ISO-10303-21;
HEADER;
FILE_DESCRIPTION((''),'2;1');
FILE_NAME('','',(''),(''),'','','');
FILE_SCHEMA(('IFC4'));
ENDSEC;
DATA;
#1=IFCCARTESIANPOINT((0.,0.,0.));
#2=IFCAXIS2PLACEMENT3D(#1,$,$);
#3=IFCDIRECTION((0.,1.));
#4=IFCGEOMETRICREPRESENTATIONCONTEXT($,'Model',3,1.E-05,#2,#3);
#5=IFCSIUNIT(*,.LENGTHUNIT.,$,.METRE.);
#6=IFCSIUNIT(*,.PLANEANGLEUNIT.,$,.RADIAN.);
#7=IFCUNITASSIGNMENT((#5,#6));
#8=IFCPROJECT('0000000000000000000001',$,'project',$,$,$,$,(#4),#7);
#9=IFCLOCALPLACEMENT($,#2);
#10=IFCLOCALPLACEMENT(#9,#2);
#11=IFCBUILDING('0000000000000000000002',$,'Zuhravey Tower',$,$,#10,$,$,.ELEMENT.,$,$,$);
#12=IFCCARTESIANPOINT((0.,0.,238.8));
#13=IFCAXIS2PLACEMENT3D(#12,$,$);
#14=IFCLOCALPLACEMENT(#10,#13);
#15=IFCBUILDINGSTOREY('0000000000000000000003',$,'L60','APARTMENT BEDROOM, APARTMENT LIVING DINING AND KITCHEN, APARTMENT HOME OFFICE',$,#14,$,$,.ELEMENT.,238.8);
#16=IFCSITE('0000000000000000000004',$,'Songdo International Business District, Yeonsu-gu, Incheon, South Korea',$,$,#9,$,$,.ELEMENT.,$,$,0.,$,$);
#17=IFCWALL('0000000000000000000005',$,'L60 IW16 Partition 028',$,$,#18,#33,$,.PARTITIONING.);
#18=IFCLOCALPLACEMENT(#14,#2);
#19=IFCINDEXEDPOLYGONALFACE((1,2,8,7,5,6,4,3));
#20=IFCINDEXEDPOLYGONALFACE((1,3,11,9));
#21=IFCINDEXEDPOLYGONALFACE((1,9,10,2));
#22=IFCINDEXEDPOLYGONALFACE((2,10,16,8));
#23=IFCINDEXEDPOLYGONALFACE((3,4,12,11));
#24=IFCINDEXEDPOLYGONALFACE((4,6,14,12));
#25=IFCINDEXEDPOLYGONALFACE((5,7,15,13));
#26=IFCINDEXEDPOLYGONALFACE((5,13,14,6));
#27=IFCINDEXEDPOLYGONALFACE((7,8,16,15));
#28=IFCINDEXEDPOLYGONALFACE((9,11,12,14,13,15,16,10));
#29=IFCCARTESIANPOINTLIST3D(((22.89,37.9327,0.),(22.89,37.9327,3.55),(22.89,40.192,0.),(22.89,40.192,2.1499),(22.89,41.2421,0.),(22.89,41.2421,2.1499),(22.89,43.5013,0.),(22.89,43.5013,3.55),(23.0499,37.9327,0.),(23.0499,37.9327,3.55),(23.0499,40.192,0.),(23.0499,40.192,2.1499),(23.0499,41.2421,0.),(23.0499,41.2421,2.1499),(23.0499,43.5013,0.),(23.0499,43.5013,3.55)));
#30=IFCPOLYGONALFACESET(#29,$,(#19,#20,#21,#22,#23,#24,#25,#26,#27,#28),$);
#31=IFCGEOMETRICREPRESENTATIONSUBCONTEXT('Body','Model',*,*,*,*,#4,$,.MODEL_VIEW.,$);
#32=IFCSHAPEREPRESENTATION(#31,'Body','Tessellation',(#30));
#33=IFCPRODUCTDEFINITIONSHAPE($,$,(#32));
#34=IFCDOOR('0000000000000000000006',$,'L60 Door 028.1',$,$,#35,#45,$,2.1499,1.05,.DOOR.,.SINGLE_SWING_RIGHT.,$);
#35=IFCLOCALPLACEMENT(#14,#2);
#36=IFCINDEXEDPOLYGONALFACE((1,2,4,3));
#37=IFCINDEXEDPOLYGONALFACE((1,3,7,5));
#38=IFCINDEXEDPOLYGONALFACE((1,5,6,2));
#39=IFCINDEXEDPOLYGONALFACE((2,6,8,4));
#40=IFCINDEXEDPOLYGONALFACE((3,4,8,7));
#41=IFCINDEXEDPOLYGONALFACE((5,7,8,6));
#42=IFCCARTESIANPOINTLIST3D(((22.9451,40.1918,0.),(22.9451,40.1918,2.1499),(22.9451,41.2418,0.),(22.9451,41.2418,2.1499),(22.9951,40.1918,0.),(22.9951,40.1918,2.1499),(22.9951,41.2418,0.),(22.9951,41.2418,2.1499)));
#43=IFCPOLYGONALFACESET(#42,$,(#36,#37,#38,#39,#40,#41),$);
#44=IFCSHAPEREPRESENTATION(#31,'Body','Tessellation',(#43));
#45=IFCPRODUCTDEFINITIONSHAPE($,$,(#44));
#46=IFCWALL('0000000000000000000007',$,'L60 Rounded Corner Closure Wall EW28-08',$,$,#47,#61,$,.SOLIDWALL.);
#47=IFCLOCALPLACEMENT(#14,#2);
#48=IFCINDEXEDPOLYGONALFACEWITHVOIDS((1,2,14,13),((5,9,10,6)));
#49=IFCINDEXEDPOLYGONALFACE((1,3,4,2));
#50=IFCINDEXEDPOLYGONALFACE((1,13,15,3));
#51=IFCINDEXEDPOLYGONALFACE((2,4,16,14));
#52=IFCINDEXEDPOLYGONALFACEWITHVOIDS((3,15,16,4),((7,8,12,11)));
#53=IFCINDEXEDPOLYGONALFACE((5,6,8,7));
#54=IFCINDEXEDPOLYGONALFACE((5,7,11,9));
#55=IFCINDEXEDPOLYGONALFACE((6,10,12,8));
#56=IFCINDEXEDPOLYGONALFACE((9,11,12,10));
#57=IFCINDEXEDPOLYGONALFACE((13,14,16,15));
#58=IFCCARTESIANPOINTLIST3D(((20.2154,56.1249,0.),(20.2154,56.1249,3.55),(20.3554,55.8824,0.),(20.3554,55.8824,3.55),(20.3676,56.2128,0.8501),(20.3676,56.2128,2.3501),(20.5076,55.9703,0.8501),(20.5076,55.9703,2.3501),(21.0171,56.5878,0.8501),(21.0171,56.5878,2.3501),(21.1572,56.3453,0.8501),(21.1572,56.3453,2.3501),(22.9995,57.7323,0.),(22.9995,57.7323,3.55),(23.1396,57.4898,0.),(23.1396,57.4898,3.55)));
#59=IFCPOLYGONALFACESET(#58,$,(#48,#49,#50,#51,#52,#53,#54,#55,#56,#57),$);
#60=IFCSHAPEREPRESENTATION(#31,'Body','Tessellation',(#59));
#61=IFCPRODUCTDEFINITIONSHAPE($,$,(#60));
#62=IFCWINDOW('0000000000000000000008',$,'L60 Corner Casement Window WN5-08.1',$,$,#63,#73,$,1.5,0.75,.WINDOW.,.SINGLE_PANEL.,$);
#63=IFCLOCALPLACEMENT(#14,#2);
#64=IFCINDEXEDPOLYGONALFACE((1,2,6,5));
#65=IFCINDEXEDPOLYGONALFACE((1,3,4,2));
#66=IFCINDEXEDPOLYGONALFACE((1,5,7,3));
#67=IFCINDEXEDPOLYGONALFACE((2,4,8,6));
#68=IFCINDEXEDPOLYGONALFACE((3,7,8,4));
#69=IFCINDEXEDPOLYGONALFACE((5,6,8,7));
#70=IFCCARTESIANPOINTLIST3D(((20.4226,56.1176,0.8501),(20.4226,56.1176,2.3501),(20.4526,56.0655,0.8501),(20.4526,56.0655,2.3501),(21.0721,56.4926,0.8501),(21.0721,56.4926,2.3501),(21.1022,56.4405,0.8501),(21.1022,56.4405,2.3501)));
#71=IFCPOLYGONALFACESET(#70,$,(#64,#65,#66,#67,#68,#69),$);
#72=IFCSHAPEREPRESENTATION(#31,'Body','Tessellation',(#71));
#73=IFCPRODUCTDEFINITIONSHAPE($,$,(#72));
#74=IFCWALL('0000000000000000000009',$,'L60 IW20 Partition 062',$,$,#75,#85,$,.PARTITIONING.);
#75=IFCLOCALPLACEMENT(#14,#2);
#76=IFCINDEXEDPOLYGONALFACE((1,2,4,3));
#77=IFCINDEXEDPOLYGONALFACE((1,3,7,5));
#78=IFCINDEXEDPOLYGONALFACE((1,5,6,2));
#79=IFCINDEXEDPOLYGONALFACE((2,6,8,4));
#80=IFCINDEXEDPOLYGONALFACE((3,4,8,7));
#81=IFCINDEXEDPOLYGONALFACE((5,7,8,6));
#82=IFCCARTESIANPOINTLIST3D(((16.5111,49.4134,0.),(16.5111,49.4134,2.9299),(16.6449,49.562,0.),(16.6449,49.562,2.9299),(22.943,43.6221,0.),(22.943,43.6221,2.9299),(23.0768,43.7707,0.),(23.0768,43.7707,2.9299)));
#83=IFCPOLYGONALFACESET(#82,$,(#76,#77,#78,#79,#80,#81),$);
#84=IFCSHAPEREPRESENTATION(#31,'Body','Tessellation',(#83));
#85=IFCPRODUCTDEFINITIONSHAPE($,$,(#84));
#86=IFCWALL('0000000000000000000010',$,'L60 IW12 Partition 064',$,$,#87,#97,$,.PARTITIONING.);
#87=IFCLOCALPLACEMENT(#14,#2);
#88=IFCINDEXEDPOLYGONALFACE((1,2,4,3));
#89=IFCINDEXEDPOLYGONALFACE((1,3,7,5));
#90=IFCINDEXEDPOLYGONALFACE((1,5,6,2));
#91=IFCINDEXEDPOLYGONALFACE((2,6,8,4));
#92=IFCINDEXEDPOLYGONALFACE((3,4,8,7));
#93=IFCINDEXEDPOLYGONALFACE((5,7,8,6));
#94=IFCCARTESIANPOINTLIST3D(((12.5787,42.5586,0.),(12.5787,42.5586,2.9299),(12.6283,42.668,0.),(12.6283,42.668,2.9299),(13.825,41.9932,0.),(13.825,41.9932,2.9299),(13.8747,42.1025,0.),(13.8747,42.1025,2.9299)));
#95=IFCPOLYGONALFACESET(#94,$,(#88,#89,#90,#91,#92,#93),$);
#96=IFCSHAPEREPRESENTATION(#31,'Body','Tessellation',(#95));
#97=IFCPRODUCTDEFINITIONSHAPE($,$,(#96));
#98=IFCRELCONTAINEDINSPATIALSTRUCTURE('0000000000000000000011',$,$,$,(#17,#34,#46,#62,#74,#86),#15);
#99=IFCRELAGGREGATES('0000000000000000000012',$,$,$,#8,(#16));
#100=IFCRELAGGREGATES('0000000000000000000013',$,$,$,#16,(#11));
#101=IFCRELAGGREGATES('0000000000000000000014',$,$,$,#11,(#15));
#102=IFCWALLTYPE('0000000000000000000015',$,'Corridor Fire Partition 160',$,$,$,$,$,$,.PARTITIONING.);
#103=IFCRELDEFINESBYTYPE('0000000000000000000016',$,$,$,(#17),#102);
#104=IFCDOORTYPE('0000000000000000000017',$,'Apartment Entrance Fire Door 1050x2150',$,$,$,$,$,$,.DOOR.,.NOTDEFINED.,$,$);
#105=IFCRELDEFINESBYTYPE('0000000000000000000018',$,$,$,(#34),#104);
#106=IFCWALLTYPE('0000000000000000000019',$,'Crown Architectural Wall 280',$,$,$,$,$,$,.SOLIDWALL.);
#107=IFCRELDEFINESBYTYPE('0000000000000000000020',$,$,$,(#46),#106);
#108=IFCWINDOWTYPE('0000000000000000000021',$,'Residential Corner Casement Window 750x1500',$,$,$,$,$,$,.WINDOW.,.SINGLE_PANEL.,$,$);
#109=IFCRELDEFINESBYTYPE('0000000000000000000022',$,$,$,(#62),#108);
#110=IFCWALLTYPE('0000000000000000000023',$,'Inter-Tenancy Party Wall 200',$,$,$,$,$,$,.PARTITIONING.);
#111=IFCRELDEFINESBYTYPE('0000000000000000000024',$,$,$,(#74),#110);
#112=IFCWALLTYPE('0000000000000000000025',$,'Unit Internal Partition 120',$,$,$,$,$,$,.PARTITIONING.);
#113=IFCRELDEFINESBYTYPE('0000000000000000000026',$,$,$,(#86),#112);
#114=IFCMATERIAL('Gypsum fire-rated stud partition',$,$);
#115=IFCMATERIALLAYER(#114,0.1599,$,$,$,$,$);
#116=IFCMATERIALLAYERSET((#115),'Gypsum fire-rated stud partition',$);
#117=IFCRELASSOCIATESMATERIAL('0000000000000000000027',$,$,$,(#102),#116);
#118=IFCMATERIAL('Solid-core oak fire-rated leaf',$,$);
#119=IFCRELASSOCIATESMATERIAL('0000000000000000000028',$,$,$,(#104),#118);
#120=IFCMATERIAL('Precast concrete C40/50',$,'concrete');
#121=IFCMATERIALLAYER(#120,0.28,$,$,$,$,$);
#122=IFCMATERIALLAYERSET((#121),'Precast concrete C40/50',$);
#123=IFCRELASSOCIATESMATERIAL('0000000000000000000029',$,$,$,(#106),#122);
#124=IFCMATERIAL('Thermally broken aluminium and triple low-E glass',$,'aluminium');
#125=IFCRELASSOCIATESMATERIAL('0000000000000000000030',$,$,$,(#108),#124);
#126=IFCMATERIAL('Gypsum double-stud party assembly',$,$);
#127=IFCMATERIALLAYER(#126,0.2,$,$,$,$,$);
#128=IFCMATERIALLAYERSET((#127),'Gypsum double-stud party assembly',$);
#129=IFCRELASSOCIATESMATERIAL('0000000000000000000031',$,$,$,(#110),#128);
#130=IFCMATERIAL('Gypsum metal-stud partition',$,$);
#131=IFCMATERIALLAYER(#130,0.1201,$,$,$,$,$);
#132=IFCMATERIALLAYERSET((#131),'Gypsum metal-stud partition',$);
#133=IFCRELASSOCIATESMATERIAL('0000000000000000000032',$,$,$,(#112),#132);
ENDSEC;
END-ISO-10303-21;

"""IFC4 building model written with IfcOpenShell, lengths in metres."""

from ifc_helpers import new_model, si_unit, direction, frame, frame_2d, origin, place, context, subcontext, project, spatial, rectangle, extrude, material, layer, layer_set, type_object, element, fill, save


model = new_model("IFC4")

# Units and contexts
model_context = context("Model", 3, precision=1e-05, world=origin(), true_north=direction((0.0, 1.0)))
body_context = subcontext(model_context, "Body", "Model", "MODEL_VIEW")
ifc_project = project(units=[si_unit("LENGTHUNIT", "METRE"), si_unit("PLANEANGLEUNIT", "RADIAN")], contexts=[model_context])

# Site, building, storey
site_placement = place(None, origin())
site = spatial("IfcSite", under=ifc_project, at=site_placement, Name="Songdo International Business District, Yeonsu-gu, Incheon, South Korea", CompositionType="ELEMENT", RefElevation=0.0)
building_placement = place(site_placement, origin())
building = spatial("IfcBuilding", under=site, at=building_placement, Name="Zuhravey Tower", CompositionType="ELEMENT")
storey_placement = place(building_placement, frame((0.0, 0.0, 238.8)))
storey = spatial("IfcBuildingStorey", under=building, at=storey_placement, Name="L60", Description="APARTMENT BEDROOM, APARTMENT LIVING DINING AND KITCHEN, APARTMENT HOME OFFICE", CompositionType="ELEMENT", Elevation=238.8)

# Wall, opening, door
ifc_material_1 = material(Name="Gypsum fire-rated stud partition")
ifc_layer_1 = layer(ifc_material_1, 0.1599)
ifc_layer_set_1 = layer_set([ifc_layer_1], Name="Gypsum fire-rated stud partition")
wall_type_1 = type_object("IfcWallType", Name="Corridor Fire Partition 160", PredefinedType="PARTITIONING", material=ifc_layer_set_1)
wall_1_placement = place(storey_placement, frame((22.97, 43.5012, 0.0), z_axis=(0.0, 0.0, 1.0), x_axis=(0.0, -1.0, 0.0)))
wall_1 = element("IfcWall", 1, at=wall_1_placement, inside=storey, type_object=wall_type_1, Name="L60 IW16 Partition 028", PredefinedType="PARTITIONING", context=body_context, shape_type="SweptSolid", body=[
    extrude(rectangle(XDim=5.5686, YDim=0.1599, at=frame_2d((2.7842, 0.0))), origin(), (0.0, 0.0, 1.0), 3.55),
])
opening_1_placement = place(wall_1_placement, frame((2.2593, 0.0, 0.0)))
opening_1 = element("IfcOpeningElement", 2, at=opening_1_placement, cuts=wall_1, PredefinedType="OPENING", context=body_context, shape_type="SweptSolid", body=[
    extrude(rectangle(XDim=1.05, YDim=2.1499, at=frame_2d((0.5249, 1.075))), frame((0.0, 0.092, 0.0), z_axis=(0.0, -1.0, 0.0), x_axis=(1.0, 0.0, 0.0)), (0.0, 0.0, 1.0), 0.1838),
])
ifc_material_2 = material(Name="Solid-core oak fire-rated leaf")
door_type = type_object("IfcDoorType", Name="Apartment Entrance Fire Door 1050x2150", OperationType="NOTDEFINED", PredefinedType="DOOR", material=ifc_material_2)
door_placement = place(opening_1_placement, frame((1.05, 0.0, 0.0), z_axis=(0.0, 0.0, 1.0), x_axis=(-1.0, 0.0, 0.0)))
door = element("IfcDoor", 3, at=door_placement, inside=storey, type_object=door_type, Name="L60 Door 028.1", OperationType="SINGLE_SWING_RIGHT", OverallHeight=2.1499, OverallWidth=1.05, PredefinedType="DOOR", context=body_context, shape_type="SweptSolid", body=[
    extrude(rectangle(XDim=1.05, YDim=2.1499, at=frame_2d((0.5249, 1.075))), frame((0.0, 0.0249, 0.0), z_axis=(0.0, -1.0, 0.0), x_axis=(1.0, 0.0, 0.0)), (0.0, 0.0, 1.0), 0.05),
])
fill(opening_1, door)

# Wall, opening, window
ifc_material_3 = material(Name="Precast concrete C40/50", Category="concrete")
ifc_layer_2 = layer(ifc_material_3, 0.28)
ifc_layer_set_2 = layer_set([ifc_layer_2], Name="Precast concrete C40/50")
wall_type_2 = type_object("IfcWallType", Name="Crown Architectural Wall 280", PredefinedType="SOLIDWALL", material=ifc_layer_set_2)
wall_2_placement = place(storey_placement, frame((20.2854, 56.0037, 0.0), z_axis=(0.0, 0.0, 1.0), x_axis=(0.866029, 0.499994, 0.0)))
wall_2 = element("IfcWall", 4, at=wall_2_placement, inside=storey, type_object=wall_type_2, Name="L60 Rounded Corner Closure Wall EW28-08", PredefinedType="SOLIDWALL", context=body_context, shape_type="SweptSolid", body=[
    extrude(rectangle(XDim=3.2148, YDim=0.28, at=frame_2d((1.6074, 0.0))), origin(), (0.0, 0.0, 1.0), 3.55),
])
opening_2_placement = place(wall_2_placement, frame((0.1758, 0.0, 0.8501)))
opening_2 = element("IfcOpeningElement", 5, at=opening_2_placement, cuts=wall_2, PredefinedType="OPENING", context=body_context, shape_type="SweptSolid", body=[
    extrude(rectangle(XDim=0.75, YDim=1.5, at=frame_2d((0.375, 0.75))), frame((0.0, 0.1521, 0.0), z_axis=(0.0, -1.0, 0.0), x_axis=(1.0, 0.0, 0.0)), (0.0, 0.0, 1.0), 0.304),
])
ifc_material_4 = material(Name="Thermally broken aluminium and triple low-E glass", Category="aluminium")
window_type = type_object("IfcWindowType", Name="Residential Corner Casement Window 750x1500", PartitioningType="SINGLE_PANEL", PredefinedType="WINDOW", material=ifc_material_4)
window_placement = place(opening_2_placement, origin())
window = element("IfcWindow", 6, at=window_placement, inside=storey, type_object=window_type, Name="L60 Corner Casement Window WN5-08.1", OverallHeight=1.5, OverallWidth=0.75, PartitioningType="SINGLE_PANEL", PredefinedType="WINDOW", context=body_context, shape_type="SweptSolid", body=[
    extrude(rectangle(XDim=0.75, YDim=1.5, at=frame_2d((0.375, 0.75))), frame((0.0, 0.03, 0.0), z_axis=(0.0, -1.0, 0.0), x_axis=(1.0, 0.0, 0.0)), (0.0, 0.0, 1.0), 0.0601),
])
fill(opening_2, window)

# Walls
ifc_material_5 = material(Name="Gypsum double-stud party assembly")
ifc_layer_3 = layer(ifc_material_5, 0.2)
ifc_layer_set_3 = layer_set([ifc_layer_3], Name="Gypsum double-stud party assembly")
wall_type_3 = type_object("IfcWallType", Name="Inter-Tenancy Party Wall 200", PredefinedType="PARTITIONING", material=ifc_layer_set_3)
wall_3_placement = place(storey_placement, frame((23.01, 43.6963, 0.0), z_axis=(0.0, 0.0, 1.0), x_axis=(-0.743147, 0.669128, 0.0)))
element("IfcWall", 7, at=wall_3_placement, inside=storey, type_object=wall_type_3, Name="L60 IW20 Partition 062", PredefinedType="PARTITIONING", context=body_context, shape_type="SweptSolid", body=[
    extrude(rectangle(XDim=8.655, YDim=0.2, at=frame_2d((4.3276, 0.0))), origin(), (0.0, 0.0, 1.0), 2.9299),
])
ifc_material_6 = material(Name="Gypsum metal-stud partition")
ifc_layer_4 = layer(ifc_material_6, 0.1201)
ifc_layer_set_4 = layer_set([ifc_layer_4], Name="Gypsum metal-stud partition")
wall_type_4 = type_object("IfcWallType", Name="Unit Internal Partition 120", PredefinedType="PARTITIONING", material=ifc_layer_set_4)
wall_4_placement = place(storey_placement, frame((13.8499, 42.0479, 0.0), z_axis=(0.0, 0.0, 1.0), x_axis=(-0.910666, 0.413144, 0.0)))
element("IfcWall", 8, at=wall_4_placement, inside=storey, type_object=wall_type_4, Name="L60 IW12 Partition 064", PredefinedType="PARTITIONING", context=body_context, shape_type="SweptSolid", body=[
    extrude(rectangle(XDim=1.3687, YDim=0.1201, at=frame_2d((0.6843, 0.0))), origin(), (0.0, 0.0, 1.0), 2.9299),
])

save(model, "model.ifc")
